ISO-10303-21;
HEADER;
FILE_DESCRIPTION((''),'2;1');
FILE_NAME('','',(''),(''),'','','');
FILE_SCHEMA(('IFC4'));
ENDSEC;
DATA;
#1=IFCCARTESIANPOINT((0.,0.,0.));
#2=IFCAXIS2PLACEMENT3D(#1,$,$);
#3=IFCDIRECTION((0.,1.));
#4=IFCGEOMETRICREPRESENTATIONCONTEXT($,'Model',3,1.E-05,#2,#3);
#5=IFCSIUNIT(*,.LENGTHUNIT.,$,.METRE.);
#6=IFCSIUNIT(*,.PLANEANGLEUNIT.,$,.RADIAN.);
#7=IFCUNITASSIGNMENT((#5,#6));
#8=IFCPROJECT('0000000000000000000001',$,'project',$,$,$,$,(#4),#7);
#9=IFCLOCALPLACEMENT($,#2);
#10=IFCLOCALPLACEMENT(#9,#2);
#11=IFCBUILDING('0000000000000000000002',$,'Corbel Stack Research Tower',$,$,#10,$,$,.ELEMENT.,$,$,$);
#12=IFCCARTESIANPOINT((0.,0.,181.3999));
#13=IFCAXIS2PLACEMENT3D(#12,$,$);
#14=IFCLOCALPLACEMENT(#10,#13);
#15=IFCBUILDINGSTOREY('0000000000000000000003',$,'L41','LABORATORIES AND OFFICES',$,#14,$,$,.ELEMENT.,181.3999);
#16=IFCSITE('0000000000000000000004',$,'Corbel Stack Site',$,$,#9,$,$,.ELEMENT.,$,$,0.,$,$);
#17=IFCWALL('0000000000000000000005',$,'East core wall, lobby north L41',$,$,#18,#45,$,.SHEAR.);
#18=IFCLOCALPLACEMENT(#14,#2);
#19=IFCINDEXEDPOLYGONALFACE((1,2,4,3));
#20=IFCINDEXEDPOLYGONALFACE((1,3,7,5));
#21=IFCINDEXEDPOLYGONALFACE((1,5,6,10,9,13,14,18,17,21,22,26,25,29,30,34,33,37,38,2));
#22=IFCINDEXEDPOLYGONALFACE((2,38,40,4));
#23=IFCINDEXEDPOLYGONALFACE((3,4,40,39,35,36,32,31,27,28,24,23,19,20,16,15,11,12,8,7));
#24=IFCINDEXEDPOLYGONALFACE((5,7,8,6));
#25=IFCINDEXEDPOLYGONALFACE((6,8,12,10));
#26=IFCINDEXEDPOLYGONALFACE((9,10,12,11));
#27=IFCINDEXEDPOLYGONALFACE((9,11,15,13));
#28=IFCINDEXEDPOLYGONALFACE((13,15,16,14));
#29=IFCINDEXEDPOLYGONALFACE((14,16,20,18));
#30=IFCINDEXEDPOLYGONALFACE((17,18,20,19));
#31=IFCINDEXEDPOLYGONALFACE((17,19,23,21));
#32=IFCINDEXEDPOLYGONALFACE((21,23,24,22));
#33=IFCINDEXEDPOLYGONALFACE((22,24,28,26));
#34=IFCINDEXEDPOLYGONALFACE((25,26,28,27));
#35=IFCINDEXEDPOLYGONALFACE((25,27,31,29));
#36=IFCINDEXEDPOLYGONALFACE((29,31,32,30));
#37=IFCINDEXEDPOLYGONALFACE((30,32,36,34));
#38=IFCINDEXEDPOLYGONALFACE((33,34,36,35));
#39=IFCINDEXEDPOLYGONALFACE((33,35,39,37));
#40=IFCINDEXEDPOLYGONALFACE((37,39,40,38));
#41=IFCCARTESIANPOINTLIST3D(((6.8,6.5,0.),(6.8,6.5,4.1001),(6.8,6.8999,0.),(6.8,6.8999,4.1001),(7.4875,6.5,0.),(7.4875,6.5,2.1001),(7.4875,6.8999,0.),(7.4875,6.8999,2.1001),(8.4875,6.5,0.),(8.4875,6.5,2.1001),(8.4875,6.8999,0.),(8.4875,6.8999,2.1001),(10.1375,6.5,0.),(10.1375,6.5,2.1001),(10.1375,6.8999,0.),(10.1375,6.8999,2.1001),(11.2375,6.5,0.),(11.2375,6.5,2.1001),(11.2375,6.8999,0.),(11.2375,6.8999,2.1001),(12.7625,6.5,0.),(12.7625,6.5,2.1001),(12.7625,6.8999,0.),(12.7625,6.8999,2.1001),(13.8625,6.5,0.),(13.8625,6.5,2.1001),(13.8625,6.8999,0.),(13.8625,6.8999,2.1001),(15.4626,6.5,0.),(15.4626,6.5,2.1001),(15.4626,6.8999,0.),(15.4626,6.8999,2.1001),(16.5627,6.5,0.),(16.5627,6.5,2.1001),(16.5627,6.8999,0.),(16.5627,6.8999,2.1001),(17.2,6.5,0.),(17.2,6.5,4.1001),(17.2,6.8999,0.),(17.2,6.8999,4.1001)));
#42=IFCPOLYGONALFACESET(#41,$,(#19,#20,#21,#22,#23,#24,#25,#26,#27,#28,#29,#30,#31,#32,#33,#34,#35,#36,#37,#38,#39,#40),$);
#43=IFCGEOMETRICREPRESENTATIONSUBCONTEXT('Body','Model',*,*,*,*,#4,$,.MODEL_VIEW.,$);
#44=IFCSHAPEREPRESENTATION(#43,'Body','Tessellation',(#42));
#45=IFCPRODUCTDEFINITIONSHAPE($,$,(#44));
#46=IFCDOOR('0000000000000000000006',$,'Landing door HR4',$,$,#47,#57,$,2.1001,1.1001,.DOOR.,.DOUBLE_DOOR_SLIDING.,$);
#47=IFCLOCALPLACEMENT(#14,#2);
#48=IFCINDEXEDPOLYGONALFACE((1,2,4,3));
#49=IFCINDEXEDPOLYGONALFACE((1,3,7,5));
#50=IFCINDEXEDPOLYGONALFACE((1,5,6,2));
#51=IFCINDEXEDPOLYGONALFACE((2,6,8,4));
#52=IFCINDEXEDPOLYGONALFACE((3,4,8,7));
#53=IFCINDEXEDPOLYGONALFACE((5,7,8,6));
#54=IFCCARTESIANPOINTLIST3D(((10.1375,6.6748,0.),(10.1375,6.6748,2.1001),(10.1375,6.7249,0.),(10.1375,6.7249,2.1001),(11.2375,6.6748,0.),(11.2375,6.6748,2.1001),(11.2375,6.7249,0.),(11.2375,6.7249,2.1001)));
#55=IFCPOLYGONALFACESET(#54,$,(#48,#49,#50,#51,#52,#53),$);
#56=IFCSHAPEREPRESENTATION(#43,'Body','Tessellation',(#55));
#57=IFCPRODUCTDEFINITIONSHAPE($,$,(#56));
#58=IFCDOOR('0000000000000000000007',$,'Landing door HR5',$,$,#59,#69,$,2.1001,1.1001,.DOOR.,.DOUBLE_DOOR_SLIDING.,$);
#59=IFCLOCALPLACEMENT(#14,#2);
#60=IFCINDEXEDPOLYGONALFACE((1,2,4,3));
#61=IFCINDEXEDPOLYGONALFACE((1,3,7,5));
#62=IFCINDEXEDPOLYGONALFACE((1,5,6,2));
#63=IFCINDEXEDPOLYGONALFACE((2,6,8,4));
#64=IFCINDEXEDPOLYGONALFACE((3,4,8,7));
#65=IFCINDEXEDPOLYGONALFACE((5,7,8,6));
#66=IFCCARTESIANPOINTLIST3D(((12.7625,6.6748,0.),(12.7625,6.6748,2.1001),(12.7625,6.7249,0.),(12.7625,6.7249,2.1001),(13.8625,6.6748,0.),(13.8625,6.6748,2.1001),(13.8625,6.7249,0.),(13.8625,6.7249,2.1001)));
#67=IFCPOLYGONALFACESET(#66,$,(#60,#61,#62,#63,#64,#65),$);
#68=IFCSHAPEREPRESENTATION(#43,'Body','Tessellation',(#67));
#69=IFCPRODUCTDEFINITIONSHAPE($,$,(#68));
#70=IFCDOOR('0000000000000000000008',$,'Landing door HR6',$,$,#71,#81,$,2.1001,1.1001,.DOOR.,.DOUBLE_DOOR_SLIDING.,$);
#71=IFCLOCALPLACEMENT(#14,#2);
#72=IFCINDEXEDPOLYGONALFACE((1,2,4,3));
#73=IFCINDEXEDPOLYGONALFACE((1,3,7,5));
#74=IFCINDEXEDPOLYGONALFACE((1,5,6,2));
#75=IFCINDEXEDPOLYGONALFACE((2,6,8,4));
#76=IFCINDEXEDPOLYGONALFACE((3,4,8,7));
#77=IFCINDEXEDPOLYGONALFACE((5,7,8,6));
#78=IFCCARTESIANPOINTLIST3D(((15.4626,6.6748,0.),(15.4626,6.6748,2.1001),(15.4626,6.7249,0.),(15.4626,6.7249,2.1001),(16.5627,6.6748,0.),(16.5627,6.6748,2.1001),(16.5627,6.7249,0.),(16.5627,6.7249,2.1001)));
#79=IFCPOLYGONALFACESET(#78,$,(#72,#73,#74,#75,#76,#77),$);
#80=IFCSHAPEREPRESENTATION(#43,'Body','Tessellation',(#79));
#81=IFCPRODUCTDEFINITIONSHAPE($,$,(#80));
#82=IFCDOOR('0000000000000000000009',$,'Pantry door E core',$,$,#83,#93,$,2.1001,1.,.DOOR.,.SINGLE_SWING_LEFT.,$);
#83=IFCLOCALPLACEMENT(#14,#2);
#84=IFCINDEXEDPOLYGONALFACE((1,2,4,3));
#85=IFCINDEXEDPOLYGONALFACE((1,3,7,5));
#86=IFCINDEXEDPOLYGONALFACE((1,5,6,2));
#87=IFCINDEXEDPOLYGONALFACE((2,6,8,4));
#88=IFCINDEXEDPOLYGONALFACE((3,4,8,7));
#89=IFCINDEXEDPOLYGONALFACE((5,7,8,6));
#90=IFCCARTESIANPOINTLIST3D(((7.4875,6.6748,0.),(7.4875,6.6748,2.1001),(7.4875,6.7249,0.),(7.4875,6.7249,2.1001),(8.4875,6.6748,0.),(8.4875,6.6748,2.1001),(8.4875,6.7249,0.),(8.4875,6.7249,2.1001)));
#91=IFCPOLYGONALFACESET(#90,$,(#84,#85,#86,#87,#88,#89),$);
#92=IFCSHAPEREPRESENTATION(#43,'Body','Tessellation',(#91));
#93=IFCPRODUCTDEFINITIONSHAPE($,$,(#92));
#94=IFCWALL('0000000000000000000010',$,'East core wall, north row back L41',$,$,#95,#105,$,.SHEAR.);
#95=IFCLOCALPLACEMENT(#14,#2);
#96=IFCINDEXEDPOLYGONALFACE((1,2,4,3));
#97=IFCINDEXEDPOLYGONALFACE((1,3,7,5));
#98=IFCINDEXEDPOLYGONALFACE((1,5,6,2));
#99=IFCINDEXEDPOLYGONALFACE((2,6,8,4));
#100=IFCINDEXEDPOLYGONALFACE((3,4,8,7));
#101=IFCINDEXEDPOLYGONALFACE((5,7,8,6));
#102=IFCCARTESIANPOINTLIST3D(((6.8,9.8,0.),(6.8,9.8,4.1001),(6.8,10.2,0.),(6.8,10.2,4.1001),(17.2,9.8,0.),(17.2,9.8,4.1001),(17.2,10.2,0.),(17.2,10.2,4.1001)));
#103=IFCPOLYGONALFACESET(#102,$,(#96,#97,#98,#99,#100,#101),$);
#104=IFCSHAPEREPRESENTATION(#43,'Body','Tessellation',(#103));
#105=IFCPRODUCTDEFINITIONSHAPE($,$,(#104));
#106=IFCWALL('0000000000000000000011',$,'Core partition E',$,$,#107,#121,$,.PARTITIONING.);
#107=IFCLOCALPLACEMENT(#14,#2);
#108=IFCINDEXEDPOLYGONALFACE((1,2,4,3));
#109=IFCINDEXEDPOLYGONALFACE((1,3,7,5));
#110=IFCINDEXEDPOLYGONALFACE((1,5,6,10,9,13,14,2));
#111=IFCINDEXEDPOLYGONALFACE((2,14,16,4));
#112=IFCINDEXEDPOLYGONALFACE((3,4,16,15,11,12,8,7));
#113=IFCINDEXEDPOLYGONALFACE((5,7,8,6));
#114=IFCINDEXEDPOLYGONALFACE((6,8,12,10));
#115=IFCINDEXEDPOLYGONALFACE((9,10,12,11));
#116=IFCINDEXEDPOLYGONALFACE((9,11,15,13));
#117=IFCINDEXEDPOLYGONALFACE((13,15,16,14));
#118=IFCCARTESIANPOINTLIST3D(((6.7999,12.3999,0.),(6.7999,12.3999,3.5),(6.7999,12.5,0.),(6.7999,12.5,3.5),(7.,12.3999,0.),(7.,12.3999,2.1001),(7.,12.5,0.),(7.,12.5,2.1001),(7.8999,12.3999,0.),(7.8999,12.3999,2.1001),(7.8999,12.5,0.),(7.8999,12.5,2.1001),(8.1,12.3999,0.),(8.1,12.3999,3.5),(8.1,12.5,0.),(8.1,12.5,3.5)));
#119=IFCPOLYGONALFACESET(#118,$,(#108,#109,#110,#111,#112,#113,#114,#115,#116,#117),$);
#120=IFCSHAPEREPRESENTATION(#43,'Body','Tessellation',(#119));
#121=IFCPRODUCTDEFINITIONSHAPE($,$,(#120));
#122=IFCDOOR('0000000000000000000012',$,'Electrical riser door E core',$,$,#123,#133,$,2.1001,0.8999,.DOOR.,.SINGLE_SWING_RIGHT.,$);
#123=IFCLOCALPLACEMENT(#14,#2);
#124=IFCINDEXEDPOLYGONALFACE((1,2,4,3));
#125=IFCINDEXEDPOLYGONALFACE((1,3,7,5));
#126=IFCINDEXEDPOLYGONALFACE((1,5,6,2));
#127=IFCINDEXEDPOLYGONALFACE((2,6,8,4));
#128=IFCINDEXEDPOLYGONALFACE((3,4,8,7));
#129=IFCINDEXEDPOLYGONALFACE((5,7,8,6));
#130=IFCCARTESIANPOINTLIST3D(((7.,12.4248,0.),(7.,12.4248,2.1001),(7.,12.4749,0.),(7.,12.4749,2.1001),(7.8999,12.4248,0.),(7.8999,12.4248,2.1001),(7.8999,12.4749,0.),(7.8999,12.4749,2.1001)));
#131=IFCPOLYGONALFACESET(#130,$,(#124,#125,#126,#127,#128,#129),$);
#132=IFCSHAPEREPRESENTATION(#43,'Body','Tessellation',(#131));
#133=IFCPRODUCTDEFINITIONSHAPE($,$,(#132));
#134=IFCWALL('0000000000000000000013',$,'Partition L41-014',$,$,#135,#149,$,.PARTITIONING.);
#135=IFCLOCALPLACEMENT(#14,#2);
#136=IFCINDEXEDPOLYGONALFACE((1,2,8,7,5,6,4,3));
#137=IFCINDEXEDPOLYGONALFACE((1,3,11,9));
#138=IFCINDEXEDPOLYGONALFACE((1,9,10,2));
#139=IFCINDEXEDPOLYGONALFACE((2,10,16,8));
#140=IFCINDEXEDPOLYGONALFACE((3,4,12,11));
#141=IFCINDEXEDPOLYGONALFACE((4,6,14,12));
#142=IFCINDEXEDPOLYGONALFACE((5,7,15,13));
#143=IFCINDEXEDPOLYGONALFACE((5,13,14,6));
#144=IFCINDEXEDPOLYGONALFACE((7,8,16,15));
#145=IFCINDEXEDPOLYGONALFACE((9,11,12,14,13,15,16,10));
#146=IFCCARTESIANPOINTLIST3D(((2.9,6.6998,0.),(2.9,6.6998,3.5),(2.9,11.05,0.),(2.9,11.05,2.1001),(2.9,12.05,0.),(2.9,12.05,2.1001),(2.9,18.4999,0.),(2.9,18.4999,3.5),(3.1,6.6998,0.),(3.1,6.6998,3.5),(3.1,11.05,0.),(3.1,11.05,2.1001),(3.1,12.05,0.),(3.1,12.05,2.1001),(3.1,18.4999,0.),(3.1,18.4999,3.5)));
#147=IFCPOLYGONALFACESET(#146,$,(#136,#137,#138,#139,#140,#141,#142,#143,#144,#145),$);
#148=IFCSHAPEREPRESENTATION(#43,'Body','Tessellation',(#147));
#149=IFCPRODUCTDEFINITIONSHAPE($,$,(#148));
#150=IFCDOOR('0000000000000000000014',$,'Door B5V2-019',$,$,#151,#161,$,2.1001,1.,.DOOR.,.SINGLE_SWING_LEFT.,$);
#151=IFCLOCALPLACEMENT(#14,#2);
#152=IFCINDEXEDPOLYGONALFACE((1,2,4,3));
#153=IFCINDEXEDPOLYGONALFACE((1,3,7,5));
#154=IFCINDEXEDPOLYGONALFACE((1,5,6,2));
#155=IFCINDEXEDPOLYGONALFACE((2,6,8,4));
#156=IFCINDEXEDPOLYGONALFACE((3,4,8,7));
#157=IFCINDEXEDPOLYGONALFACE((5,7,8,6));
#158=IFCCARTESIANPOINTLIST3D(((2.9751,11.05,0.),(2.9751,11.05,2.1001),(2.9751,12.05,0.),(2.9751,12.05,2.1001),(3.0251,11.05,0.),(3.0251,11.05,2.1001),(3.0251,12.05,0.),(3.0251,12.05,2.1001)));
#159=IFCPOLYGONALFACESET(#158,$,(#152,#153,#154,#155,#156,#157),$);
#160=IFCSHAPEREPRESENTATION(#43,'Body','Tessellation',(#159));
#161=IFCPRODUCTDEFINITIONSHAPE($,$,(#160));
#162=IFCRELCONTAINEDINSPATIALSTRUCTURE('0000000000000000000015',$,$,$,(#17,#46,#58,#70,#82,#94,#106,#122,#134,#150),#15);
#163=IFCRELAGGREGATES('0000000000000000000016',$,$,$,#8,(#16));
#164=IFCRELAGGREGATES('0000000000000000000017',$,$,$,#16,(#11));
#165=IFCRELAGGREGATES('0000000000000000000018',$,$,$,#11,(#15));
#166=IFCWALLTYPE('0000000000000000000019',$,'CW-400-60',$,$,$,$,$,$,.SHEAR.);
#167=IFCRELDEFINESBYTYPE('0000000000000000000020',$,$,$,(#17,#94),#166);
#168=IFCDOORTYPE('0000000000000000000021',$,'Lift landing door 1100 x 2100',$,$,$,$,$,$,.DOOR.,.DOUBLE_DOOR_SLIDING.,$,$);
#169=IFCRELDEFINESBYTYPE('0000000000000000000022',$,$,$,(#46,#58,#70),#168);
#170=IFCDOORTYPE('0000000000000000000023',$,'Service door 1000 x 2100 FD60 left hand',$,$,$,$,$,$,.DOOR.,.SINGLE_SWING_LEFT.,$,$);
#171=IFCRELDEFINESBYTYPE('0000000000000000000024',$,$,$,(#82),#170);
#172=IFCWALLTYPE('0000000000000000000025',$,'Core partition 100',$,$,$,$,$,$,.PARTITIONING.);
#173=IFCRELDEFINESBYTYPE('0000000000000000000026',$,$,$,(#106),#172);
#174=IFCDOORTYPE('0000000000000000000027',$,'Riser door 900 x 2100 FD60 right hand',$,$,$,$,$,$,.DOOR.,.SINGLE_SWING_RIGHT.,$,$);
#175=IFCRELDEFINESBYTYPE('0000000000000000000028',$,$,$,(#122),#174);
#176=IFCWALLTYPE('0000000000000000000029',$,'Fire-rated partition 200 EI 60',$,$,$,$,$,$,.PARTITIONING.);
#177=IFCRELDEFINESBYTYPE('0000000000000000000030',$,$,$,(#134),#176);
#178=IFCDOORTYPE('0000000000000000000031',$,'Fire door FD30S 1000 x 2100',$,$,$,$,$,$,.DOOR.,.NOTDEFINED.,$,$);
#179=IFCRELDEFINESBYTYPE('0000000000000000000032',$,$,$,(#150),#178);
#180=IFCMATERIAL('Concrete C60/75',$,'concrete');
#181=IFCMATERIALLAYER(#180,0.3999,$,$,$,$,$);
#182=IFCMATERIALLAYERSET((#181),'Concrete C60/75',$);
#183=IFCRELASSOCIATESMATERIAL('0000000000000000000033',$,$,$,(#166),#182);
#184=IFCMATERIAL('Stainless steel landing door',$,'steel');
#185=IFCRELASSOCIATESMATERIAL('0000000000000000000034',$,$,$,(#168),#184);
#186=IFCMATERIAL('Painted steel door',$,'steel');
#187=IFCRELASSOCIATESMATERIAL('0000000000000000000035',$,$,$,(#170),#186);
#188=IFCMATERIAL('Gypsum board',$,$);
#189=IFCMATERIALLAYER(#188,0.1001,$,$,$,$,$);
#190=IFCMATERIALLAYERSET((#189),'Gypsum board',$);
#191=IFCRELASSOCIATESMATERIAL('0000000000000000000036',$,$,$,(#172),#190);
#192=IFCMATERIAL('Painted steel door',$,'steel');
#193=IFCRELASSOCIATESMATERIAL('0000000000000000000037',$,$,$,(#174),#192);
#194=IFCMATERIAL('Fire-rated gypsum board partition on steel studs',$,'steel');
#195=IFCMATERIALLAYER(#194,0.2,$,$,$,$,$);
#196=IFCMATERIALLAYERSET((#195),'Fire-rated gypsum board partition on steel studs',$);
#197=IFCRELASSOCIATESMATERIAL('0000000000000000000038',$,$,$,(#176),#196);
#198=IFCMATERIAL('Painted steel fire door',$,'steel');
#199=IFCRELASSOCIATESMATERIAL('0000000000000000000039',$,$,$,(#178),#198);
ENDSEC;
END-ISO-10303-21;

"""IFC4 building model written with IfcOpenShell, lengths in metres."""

from ifc_helpers import new_model, si_unit, direction, frame, frame_2d, origin, place, context, subcontext, project, spatial, rectangle, extrude, material, layer, layer_set, type_object, element, fill, save


model = new_model("IFC4")

# Units and contexts
model_context = context("Model", 3, precision=1e-05, world=origin(), true_north=direction((0.0, 1.0)))
body_context = subcontext(model_context, "Body", "Model", "MODEL_VIEW")
ifc_project = project(units=[si_unit("LENGTHUNIT", "METRE"), si_unit("PLANEANGLEUNIT", "RADIAN")], contexts=[model_context])

# Site, building, storey
site_placement = place(None, origin())
site = spatial("IfcSite", under=ifc_project, at=site_placement, Name="Corbel Stack Site", CompositionType="ELEMENT", RefElevation=0.0)
building_placement = place(site_placement, origin())
building = spatial("IfcBuilding", under=site, at=building_placement, Name="Corbel Stack Research Tower", CompositionType="ELEMENT")
storey_placement = place(building_placement, frame((0.0, 0.0, 181.3999)))
storey = spatial("IfcBuildingStorey", under=building, at=storey_placement, Name="L41", Description="LABORATORIES AND OFFICES", CompositionType="ELEMENT", Elevation=181.3999)

# Wall, openings, doors
ifc_material_1 = material(Name="Concrete C60/75", Category="concrete")
ifc_layer_1 = layer(ifc_material_1, 0.3999)
ifc_layer_set_1 = layer_set([ifc_layer_1], Name="Concrete C60/75")
wall_type_1 = type_object("IfcWallType", Name="CW-400-60", PredefinedType="SHEAR", material=ifc_layer_set_1)
ifc_material_2 = material(Name="Stainless steel landing door", Category="steel")
door_type_1 = type_object("IfcDoorType", Name="Lift landing door 1100 x 2100", OperationType="DOUBLE_DOOR_SLIDING", PredefinedType="DOOR", material=ifc_material_2)
ifc_material_3 = material(Name="Painted steel door", Category="steel")
door_type_2 = type_object("IfcDoorType", Name="Service door 1000 x 2100 FD60 left hand", OperationType="SINGLE_SWING_LEFT", PredefinedType="DOOR", material=ifc_material_3)
wall_1_placement = place(storey_placement, frame((6.8, 6.7, 0.0), z_axis=(0.0, 0.0, 1.0), x_axis=(1.0, 0.0, 0.0)))
wall_1 = element("IfcWall", 1, at=wall_1_placement, inside=storey, type_object=wall_type_1, Name="East core wall, lobby north L41", PredefinedType="SHEAR", context=body_context, shape_type="SweptSolid", body=[
    extrude(rectangle(XDim=10.3999, YDim=0.3999, at=frame_2d((5.2, 0.0))), origin(), (0.0, 0.0, 1.0), 4.1001),
])
opening_1_placement = place(wall_1_placement, frame((3.3374, 0.0, 0.0)))
opening_1 = element("IfcOpeningElement", 2, at=opening_1_placement, cuts=wall_1, PredefinedType="OPENING", context=body_context, shape_type="SweptSolid", body=[
    extrude(rectangle(XDim=1.1001, YDim=2.1001, at=frame_2d((0.55, 1.05))), frame((0.0, 0.21, 0.0), z_axis=(0.0, -1.0, 0.0), x_axis=(1.0, 0.0, 0.0)), (0.0, 0.0, 1.0), 0.4199),
])
opening_2_placement = place(wall_1_placement, frame((5.9624, 0.0, 0.0)))
opening_2 = element("IfcOpeningElement", 3, at=opening_2_placement, cuts=wall_1, PredefinedType="OPENING", context=body_context, shape_type="SweptSolid", body=[
    extrude(rectangle(XDim=1.1001, YDim=2.1001, at=frame_2d((0.55, 1.05))), frame((0.0, 0.21, 0.0), z_axis=(0.0, -1.0, 0.0), x_axis=(1.0, 0.0, 0.0)), (0.0, 0.0, 1.0), 0.4199),
])
opening_3_placement = place(wall_1_placement, frame((8.6626, 0.0, 0.0)))
opening_3 = element("IfcOpeningElement", 4, at=opening_3_placement, cuts=wall_1, PredefinedType="OPENING", context=body_context, shape_type="SweptSolid", body=[
    extrude(rectangle(XDim=1.1001, YDim=2.1001, at=frame_2d((0.55, 1.05))), frame((0.0, 0.21, 0.0), z_axis=(0.0, -1.0, 0.0), x_axis=(1.0, 0.0, 0.0)), (0.0, 0.0, 1.0), 0.4199),
])
opening_4_placement = place(wall_1_placement, frame((0.6875, 0.0, 0.0)))
opening_4 = element("IfcOpeningElement", 5, at=opening_4_placement, cuts=wall_1, PredefinedType="OPENING", context=body_context, shape_type="SweptSolid", body=[
    extrude(rectangle(XDim=1.0, YDim=2.1001, at=frame_2d((0.5, 1.05))), frame((0.0, 0.21, 0.0), z_axis=(0.0, -1.0, 0.0), x_axis=(1.0, 0.0, 0.0)), (0.0, 0.0, 1.0), 0.4199),
])
door_1_placement = place(opening_1_placement, origin())
door_1 = element("IfcDoor", 6, at=door_1_placement, inside=storey, type_object=door_type_1, Name="Landing door HR4", OperationType="DOUBLE_DOOR_SLIDING", OverallHeight=2.1001, OverallWidth=1.1001, PredefinedType="DOOR", context=body_context, shape_type="SweptSolid", body=[
    extrude(rectangle(XDim=1.1001, YDim=2.1001, at=frame_2d((0.55, 1.05))), frame((0.0, 0.0249, 0.0), z_axis=(0.0, -1.0, 0.0), x_axis=(1.0, 0.0, 0.0)), (0.0, 0.0, 1.0), 0.05),
])
fill(opening_1, door_1)
door_2_placement = place(opening_2_placement, origin())
door_2 = element("IfcDoor", 7, at=door_2_placement, inside=storey, type_object=door_type_1, Name="Landing door HR5", OperationType="DOUBLE_DOOR_SLIDING", OverallHeight=2.1001, OverallWidth=1.1001, PredefinedType="DOOR", context=body_context, shape_type="SweptSolid", body=[
    extrude(rectangle(XDim=1.1001, YDim=2.1001, at=frame_2d((0.55, 1.05))), frame((0.0, 0.0249, 0.0), z_axis=(0.0, -1.0, 0.0), x_axis=(1.0, 0.0, 0.0)), (0.0, 0.0, 1.0), 0.05),
])
fill(opening_2, door_2)
door_3_placement = place(opening_3_placement, origin())
door_3 = element("IfcDoor", 8, at=door_3_placement, inside=storey, type_object=door_type_1, Name="Landing door HR6", OperationType="DOUBLE_DOOR_SLIDING", OverallHeight=2.1001, OverallWidth=1.1001, PredefinedType="DOOR", context=body_context, shape_type="SweptSolid", body=[
    extrude(rectangle(XDim=1.1001, YDim=2.1001, at=frame_2d((0.55, 1.05))), frame((0.0, 0.0249, 0.0), z_axis=(0.0, -1.0, 0.0), x_axis=(1.0, 0.0, 0.0)), (0.0, 0.0, 1.0), 0.05),
])
fill(opening_3, door_3)
door_4_placement = place(opening_4_placement, origin())
door_4 = element("IfcDoor", 9, at=door_4_placement, inside=storey, type_object=door_type_2, Name="Pantry door E core", OperationType="SINGLE_SWING_LEFT", OverallHeight=2.1001, OverallWidth=1.0, PredefinedType="DOOR", context=body_context, shape_type="SweptSolid", body=[
    extrude(rectangle(XDim=1.0, YDim=2.1001, at=frame_2d((0.5, 1.05))), frame((0.0, 0.0249, 0.0), z_axis=(0.0, -1.0, 0.0), x_axis=(1.0, 0.0, 0.0)), (0.0, 0.0, 1.0), 0.05),
])
fill(opening_4, door_4)

# Wall
wall_2_placement = place(storey_placement, frame((6.8, 10.0, 0.0), z_axis=(0.0, 0.0, 1.0), x_axis=(1.0, 0.0, 0.0)))
element("IfcWall", 10, at=wall_2_placement, inside=storey, type_object=wall_type_1, Name="East core wall, north row back L41", PredefinedType="SHEAR", context=body_context, shape_type="SweptSolid", body=[
    extrude(rectangle(XDim=10.3999, YDim=0.3999, at=frame_2d((5.2, 0.0))), origin(), (0.0, 0.0, 1.0), 4.1001),
])

# Walls, openings, doors
ifc_material_4 = material(Name="Gypsum board")
ifc_layer_2 = layer(ifc_material_4, 0.1001)
ifc_layer_set_2 = layer_set([ifc_layer_2], Name="Gypsum board")
wall_type_2 = type_object("IfcWallType", Name="Core partition 100", PredefinedType="PARTITIONING", material=ifc_layer_set_2)
wall_3_placement = place(storey_placement, frame((6.8, 12.45, 0.0), z_axis=(0.0, 0.0, 1.0), x_axis=(1.0, 0.0, 0.0)))
wall_3 = element("IfcWall", 11, at=wall_3_placement, inside=storey, type_object=wall_type_2, Name="Core partition E", PredefinedType="PARTITIONING", context=body_context, shape_type="SweptSolid", body=[
    extrude(rectangle(XDim=1.3, YDim=0.1001, at=frame_2d((0.6499, 0.0))), origin(), (0.0, 0.0, 1.0), 3.5),
])
opening_5_placement = place(wall_3_placement, frame((0.2, 0.0, 0.0)))
opening_5 = element("IfcOpeningElement", 12, at=opening_5_placement, cuts=wall_3, PredefinedType="OPENING", context=body_context, shape_type="SweptSolid", body=[
    extrude(rectangle(XDim=0.8999, YDim=2.1001, at=frame_2d((0.45, 1.05))), frame((0.0, 0.0601, 0.0), z_axis=(0.0, -1.0, 0.0), x_axis=(1.0, 0.0, 0.0)), (0.0, 0.0, 1.0), 0.1201),
])
ifc_material_5 = material(Name="Painted steel door", Category="steel")
door_type_3 = type_object("IfcDoorType", Name="Riser door 900 x 2100 FD60 right hand", OperationType="SINGLE_SWING_RIGHT", PredefinedType="DOOR", material=ifc_material_5)
door_5_placement = place(opening_5_placement, origin())
door_5 = element("IfcDoor", 13, at=door_5_placement, inside=storey, type_object=door_type_3, Name="Electrical riser door E core", OperationType="SINGLE_SWING_RIGHT", OverallHeight=2.1001, OverallWidth=0.8999, PredefinedType="DOOR", context=body_context, shape_type="SweptSolid", body=[
    extrude(rectangle(XDim=0.8999, YDim=2.1001, at=frame_2d((0.45, 1.05))), frame((0.0, 0.0249, 0.0), z_axis=(0.0, -1.0, 0.0), x_axis=(1.0, 0.0, 0.0)), (0.0, 0.0, 1.0), 0.05),
])
fill(opening_5, door_5)
ifc_material_6 = material(Name="Fire-rated gypsum board partition on steel studs", Category="steel")
ifc_layer_3 = layer(ifc_material_6, 0.2)
ifc_layer_set_3 = layer_set([ifc_layer_3], Name="Fire-rated gypsum board partition on steel studs")
wall_type_3 = type_object("IfcWallType", Name="Fire-rated partition 200 EI 60", PredefinedType="PARTITIONING", material=ifc_layer_set_3)
wall_4_placement = place(storey_placement, frame((3.0, 6.7, 0.0), z_axis=(0.0, 0.0, 1.0), x_axis=(0.0, 1.0, 0.0)))
wall_4 = element("IfcWall", 14, at=wall_4_placement, inside=storey, type_object=wall_type_3, Name="Partition L41-014", PredefinedType="PARTITIONING", context=body_context, shape_type="SweptSolid", body=[
    extrude(rectangle(XDim=11.8, YDim=0.2, at=frame_2d((5.8999, 0.0))), origin(), (0.0, 0.0, 1.0), 3.5),
])
opening_6_placement = place(wall_4_placement, frame((4.3501, 0.0, 0.0)))
opening_6 = element("IfcOpeningElement", 15, at=opening_6_placement, cuts=wall_4, PredefinedType="OPENING", context=body_context, shape_type="SweptSolid", body=[
    extrude(rectangle(XDim=1.0, YDim=2.1001, at=frame_2d((0.5, 1.05))), frame((0.0, 0.1099, 0.0), z_axis=(0.0, -1.0, 0.0), x_axis=(1.0, 0.0, 0.0)), (0.0, 0.0, 1.0), 0.22),
])
ifc_material_7 = material(Name="Painted steel fire door", Category="steel")
door_type_4 = type_object("IfcDoorType", Name="Fire door FD30S 1000 x 2100", OperationType="NOTDEFINED", PredefinedType="DOOR", material=ifc_material_7)
door_6_placement = place(opening_6_placement, origin())
door_6 = element("IfcDoor", 16, at=door_6_placement, inside=storey, type_object=door_type_4, Name="Door B5V2-019", OperationType="SINGLE_SWING_LEFT", OverallHeight=2.1001, OverallWidth=1.0, PredefinedType="DOOR", context=body_context, shape_type="SweptSolid", body=[
    extrude(rectangle(XDim=1.0, YDim=2.1001, at=frame_2d((0.5, 1.05))), frame((0.0, 0.0249, 0.0), z_axis=(0.0, -1.0, 0.0), x_axis=(1.0, 0.0, 0.0)), (0.0, 0.0, 1.0), 0.05),
])
fill(opening_6, door_6)

save(model, "model.ifc")
